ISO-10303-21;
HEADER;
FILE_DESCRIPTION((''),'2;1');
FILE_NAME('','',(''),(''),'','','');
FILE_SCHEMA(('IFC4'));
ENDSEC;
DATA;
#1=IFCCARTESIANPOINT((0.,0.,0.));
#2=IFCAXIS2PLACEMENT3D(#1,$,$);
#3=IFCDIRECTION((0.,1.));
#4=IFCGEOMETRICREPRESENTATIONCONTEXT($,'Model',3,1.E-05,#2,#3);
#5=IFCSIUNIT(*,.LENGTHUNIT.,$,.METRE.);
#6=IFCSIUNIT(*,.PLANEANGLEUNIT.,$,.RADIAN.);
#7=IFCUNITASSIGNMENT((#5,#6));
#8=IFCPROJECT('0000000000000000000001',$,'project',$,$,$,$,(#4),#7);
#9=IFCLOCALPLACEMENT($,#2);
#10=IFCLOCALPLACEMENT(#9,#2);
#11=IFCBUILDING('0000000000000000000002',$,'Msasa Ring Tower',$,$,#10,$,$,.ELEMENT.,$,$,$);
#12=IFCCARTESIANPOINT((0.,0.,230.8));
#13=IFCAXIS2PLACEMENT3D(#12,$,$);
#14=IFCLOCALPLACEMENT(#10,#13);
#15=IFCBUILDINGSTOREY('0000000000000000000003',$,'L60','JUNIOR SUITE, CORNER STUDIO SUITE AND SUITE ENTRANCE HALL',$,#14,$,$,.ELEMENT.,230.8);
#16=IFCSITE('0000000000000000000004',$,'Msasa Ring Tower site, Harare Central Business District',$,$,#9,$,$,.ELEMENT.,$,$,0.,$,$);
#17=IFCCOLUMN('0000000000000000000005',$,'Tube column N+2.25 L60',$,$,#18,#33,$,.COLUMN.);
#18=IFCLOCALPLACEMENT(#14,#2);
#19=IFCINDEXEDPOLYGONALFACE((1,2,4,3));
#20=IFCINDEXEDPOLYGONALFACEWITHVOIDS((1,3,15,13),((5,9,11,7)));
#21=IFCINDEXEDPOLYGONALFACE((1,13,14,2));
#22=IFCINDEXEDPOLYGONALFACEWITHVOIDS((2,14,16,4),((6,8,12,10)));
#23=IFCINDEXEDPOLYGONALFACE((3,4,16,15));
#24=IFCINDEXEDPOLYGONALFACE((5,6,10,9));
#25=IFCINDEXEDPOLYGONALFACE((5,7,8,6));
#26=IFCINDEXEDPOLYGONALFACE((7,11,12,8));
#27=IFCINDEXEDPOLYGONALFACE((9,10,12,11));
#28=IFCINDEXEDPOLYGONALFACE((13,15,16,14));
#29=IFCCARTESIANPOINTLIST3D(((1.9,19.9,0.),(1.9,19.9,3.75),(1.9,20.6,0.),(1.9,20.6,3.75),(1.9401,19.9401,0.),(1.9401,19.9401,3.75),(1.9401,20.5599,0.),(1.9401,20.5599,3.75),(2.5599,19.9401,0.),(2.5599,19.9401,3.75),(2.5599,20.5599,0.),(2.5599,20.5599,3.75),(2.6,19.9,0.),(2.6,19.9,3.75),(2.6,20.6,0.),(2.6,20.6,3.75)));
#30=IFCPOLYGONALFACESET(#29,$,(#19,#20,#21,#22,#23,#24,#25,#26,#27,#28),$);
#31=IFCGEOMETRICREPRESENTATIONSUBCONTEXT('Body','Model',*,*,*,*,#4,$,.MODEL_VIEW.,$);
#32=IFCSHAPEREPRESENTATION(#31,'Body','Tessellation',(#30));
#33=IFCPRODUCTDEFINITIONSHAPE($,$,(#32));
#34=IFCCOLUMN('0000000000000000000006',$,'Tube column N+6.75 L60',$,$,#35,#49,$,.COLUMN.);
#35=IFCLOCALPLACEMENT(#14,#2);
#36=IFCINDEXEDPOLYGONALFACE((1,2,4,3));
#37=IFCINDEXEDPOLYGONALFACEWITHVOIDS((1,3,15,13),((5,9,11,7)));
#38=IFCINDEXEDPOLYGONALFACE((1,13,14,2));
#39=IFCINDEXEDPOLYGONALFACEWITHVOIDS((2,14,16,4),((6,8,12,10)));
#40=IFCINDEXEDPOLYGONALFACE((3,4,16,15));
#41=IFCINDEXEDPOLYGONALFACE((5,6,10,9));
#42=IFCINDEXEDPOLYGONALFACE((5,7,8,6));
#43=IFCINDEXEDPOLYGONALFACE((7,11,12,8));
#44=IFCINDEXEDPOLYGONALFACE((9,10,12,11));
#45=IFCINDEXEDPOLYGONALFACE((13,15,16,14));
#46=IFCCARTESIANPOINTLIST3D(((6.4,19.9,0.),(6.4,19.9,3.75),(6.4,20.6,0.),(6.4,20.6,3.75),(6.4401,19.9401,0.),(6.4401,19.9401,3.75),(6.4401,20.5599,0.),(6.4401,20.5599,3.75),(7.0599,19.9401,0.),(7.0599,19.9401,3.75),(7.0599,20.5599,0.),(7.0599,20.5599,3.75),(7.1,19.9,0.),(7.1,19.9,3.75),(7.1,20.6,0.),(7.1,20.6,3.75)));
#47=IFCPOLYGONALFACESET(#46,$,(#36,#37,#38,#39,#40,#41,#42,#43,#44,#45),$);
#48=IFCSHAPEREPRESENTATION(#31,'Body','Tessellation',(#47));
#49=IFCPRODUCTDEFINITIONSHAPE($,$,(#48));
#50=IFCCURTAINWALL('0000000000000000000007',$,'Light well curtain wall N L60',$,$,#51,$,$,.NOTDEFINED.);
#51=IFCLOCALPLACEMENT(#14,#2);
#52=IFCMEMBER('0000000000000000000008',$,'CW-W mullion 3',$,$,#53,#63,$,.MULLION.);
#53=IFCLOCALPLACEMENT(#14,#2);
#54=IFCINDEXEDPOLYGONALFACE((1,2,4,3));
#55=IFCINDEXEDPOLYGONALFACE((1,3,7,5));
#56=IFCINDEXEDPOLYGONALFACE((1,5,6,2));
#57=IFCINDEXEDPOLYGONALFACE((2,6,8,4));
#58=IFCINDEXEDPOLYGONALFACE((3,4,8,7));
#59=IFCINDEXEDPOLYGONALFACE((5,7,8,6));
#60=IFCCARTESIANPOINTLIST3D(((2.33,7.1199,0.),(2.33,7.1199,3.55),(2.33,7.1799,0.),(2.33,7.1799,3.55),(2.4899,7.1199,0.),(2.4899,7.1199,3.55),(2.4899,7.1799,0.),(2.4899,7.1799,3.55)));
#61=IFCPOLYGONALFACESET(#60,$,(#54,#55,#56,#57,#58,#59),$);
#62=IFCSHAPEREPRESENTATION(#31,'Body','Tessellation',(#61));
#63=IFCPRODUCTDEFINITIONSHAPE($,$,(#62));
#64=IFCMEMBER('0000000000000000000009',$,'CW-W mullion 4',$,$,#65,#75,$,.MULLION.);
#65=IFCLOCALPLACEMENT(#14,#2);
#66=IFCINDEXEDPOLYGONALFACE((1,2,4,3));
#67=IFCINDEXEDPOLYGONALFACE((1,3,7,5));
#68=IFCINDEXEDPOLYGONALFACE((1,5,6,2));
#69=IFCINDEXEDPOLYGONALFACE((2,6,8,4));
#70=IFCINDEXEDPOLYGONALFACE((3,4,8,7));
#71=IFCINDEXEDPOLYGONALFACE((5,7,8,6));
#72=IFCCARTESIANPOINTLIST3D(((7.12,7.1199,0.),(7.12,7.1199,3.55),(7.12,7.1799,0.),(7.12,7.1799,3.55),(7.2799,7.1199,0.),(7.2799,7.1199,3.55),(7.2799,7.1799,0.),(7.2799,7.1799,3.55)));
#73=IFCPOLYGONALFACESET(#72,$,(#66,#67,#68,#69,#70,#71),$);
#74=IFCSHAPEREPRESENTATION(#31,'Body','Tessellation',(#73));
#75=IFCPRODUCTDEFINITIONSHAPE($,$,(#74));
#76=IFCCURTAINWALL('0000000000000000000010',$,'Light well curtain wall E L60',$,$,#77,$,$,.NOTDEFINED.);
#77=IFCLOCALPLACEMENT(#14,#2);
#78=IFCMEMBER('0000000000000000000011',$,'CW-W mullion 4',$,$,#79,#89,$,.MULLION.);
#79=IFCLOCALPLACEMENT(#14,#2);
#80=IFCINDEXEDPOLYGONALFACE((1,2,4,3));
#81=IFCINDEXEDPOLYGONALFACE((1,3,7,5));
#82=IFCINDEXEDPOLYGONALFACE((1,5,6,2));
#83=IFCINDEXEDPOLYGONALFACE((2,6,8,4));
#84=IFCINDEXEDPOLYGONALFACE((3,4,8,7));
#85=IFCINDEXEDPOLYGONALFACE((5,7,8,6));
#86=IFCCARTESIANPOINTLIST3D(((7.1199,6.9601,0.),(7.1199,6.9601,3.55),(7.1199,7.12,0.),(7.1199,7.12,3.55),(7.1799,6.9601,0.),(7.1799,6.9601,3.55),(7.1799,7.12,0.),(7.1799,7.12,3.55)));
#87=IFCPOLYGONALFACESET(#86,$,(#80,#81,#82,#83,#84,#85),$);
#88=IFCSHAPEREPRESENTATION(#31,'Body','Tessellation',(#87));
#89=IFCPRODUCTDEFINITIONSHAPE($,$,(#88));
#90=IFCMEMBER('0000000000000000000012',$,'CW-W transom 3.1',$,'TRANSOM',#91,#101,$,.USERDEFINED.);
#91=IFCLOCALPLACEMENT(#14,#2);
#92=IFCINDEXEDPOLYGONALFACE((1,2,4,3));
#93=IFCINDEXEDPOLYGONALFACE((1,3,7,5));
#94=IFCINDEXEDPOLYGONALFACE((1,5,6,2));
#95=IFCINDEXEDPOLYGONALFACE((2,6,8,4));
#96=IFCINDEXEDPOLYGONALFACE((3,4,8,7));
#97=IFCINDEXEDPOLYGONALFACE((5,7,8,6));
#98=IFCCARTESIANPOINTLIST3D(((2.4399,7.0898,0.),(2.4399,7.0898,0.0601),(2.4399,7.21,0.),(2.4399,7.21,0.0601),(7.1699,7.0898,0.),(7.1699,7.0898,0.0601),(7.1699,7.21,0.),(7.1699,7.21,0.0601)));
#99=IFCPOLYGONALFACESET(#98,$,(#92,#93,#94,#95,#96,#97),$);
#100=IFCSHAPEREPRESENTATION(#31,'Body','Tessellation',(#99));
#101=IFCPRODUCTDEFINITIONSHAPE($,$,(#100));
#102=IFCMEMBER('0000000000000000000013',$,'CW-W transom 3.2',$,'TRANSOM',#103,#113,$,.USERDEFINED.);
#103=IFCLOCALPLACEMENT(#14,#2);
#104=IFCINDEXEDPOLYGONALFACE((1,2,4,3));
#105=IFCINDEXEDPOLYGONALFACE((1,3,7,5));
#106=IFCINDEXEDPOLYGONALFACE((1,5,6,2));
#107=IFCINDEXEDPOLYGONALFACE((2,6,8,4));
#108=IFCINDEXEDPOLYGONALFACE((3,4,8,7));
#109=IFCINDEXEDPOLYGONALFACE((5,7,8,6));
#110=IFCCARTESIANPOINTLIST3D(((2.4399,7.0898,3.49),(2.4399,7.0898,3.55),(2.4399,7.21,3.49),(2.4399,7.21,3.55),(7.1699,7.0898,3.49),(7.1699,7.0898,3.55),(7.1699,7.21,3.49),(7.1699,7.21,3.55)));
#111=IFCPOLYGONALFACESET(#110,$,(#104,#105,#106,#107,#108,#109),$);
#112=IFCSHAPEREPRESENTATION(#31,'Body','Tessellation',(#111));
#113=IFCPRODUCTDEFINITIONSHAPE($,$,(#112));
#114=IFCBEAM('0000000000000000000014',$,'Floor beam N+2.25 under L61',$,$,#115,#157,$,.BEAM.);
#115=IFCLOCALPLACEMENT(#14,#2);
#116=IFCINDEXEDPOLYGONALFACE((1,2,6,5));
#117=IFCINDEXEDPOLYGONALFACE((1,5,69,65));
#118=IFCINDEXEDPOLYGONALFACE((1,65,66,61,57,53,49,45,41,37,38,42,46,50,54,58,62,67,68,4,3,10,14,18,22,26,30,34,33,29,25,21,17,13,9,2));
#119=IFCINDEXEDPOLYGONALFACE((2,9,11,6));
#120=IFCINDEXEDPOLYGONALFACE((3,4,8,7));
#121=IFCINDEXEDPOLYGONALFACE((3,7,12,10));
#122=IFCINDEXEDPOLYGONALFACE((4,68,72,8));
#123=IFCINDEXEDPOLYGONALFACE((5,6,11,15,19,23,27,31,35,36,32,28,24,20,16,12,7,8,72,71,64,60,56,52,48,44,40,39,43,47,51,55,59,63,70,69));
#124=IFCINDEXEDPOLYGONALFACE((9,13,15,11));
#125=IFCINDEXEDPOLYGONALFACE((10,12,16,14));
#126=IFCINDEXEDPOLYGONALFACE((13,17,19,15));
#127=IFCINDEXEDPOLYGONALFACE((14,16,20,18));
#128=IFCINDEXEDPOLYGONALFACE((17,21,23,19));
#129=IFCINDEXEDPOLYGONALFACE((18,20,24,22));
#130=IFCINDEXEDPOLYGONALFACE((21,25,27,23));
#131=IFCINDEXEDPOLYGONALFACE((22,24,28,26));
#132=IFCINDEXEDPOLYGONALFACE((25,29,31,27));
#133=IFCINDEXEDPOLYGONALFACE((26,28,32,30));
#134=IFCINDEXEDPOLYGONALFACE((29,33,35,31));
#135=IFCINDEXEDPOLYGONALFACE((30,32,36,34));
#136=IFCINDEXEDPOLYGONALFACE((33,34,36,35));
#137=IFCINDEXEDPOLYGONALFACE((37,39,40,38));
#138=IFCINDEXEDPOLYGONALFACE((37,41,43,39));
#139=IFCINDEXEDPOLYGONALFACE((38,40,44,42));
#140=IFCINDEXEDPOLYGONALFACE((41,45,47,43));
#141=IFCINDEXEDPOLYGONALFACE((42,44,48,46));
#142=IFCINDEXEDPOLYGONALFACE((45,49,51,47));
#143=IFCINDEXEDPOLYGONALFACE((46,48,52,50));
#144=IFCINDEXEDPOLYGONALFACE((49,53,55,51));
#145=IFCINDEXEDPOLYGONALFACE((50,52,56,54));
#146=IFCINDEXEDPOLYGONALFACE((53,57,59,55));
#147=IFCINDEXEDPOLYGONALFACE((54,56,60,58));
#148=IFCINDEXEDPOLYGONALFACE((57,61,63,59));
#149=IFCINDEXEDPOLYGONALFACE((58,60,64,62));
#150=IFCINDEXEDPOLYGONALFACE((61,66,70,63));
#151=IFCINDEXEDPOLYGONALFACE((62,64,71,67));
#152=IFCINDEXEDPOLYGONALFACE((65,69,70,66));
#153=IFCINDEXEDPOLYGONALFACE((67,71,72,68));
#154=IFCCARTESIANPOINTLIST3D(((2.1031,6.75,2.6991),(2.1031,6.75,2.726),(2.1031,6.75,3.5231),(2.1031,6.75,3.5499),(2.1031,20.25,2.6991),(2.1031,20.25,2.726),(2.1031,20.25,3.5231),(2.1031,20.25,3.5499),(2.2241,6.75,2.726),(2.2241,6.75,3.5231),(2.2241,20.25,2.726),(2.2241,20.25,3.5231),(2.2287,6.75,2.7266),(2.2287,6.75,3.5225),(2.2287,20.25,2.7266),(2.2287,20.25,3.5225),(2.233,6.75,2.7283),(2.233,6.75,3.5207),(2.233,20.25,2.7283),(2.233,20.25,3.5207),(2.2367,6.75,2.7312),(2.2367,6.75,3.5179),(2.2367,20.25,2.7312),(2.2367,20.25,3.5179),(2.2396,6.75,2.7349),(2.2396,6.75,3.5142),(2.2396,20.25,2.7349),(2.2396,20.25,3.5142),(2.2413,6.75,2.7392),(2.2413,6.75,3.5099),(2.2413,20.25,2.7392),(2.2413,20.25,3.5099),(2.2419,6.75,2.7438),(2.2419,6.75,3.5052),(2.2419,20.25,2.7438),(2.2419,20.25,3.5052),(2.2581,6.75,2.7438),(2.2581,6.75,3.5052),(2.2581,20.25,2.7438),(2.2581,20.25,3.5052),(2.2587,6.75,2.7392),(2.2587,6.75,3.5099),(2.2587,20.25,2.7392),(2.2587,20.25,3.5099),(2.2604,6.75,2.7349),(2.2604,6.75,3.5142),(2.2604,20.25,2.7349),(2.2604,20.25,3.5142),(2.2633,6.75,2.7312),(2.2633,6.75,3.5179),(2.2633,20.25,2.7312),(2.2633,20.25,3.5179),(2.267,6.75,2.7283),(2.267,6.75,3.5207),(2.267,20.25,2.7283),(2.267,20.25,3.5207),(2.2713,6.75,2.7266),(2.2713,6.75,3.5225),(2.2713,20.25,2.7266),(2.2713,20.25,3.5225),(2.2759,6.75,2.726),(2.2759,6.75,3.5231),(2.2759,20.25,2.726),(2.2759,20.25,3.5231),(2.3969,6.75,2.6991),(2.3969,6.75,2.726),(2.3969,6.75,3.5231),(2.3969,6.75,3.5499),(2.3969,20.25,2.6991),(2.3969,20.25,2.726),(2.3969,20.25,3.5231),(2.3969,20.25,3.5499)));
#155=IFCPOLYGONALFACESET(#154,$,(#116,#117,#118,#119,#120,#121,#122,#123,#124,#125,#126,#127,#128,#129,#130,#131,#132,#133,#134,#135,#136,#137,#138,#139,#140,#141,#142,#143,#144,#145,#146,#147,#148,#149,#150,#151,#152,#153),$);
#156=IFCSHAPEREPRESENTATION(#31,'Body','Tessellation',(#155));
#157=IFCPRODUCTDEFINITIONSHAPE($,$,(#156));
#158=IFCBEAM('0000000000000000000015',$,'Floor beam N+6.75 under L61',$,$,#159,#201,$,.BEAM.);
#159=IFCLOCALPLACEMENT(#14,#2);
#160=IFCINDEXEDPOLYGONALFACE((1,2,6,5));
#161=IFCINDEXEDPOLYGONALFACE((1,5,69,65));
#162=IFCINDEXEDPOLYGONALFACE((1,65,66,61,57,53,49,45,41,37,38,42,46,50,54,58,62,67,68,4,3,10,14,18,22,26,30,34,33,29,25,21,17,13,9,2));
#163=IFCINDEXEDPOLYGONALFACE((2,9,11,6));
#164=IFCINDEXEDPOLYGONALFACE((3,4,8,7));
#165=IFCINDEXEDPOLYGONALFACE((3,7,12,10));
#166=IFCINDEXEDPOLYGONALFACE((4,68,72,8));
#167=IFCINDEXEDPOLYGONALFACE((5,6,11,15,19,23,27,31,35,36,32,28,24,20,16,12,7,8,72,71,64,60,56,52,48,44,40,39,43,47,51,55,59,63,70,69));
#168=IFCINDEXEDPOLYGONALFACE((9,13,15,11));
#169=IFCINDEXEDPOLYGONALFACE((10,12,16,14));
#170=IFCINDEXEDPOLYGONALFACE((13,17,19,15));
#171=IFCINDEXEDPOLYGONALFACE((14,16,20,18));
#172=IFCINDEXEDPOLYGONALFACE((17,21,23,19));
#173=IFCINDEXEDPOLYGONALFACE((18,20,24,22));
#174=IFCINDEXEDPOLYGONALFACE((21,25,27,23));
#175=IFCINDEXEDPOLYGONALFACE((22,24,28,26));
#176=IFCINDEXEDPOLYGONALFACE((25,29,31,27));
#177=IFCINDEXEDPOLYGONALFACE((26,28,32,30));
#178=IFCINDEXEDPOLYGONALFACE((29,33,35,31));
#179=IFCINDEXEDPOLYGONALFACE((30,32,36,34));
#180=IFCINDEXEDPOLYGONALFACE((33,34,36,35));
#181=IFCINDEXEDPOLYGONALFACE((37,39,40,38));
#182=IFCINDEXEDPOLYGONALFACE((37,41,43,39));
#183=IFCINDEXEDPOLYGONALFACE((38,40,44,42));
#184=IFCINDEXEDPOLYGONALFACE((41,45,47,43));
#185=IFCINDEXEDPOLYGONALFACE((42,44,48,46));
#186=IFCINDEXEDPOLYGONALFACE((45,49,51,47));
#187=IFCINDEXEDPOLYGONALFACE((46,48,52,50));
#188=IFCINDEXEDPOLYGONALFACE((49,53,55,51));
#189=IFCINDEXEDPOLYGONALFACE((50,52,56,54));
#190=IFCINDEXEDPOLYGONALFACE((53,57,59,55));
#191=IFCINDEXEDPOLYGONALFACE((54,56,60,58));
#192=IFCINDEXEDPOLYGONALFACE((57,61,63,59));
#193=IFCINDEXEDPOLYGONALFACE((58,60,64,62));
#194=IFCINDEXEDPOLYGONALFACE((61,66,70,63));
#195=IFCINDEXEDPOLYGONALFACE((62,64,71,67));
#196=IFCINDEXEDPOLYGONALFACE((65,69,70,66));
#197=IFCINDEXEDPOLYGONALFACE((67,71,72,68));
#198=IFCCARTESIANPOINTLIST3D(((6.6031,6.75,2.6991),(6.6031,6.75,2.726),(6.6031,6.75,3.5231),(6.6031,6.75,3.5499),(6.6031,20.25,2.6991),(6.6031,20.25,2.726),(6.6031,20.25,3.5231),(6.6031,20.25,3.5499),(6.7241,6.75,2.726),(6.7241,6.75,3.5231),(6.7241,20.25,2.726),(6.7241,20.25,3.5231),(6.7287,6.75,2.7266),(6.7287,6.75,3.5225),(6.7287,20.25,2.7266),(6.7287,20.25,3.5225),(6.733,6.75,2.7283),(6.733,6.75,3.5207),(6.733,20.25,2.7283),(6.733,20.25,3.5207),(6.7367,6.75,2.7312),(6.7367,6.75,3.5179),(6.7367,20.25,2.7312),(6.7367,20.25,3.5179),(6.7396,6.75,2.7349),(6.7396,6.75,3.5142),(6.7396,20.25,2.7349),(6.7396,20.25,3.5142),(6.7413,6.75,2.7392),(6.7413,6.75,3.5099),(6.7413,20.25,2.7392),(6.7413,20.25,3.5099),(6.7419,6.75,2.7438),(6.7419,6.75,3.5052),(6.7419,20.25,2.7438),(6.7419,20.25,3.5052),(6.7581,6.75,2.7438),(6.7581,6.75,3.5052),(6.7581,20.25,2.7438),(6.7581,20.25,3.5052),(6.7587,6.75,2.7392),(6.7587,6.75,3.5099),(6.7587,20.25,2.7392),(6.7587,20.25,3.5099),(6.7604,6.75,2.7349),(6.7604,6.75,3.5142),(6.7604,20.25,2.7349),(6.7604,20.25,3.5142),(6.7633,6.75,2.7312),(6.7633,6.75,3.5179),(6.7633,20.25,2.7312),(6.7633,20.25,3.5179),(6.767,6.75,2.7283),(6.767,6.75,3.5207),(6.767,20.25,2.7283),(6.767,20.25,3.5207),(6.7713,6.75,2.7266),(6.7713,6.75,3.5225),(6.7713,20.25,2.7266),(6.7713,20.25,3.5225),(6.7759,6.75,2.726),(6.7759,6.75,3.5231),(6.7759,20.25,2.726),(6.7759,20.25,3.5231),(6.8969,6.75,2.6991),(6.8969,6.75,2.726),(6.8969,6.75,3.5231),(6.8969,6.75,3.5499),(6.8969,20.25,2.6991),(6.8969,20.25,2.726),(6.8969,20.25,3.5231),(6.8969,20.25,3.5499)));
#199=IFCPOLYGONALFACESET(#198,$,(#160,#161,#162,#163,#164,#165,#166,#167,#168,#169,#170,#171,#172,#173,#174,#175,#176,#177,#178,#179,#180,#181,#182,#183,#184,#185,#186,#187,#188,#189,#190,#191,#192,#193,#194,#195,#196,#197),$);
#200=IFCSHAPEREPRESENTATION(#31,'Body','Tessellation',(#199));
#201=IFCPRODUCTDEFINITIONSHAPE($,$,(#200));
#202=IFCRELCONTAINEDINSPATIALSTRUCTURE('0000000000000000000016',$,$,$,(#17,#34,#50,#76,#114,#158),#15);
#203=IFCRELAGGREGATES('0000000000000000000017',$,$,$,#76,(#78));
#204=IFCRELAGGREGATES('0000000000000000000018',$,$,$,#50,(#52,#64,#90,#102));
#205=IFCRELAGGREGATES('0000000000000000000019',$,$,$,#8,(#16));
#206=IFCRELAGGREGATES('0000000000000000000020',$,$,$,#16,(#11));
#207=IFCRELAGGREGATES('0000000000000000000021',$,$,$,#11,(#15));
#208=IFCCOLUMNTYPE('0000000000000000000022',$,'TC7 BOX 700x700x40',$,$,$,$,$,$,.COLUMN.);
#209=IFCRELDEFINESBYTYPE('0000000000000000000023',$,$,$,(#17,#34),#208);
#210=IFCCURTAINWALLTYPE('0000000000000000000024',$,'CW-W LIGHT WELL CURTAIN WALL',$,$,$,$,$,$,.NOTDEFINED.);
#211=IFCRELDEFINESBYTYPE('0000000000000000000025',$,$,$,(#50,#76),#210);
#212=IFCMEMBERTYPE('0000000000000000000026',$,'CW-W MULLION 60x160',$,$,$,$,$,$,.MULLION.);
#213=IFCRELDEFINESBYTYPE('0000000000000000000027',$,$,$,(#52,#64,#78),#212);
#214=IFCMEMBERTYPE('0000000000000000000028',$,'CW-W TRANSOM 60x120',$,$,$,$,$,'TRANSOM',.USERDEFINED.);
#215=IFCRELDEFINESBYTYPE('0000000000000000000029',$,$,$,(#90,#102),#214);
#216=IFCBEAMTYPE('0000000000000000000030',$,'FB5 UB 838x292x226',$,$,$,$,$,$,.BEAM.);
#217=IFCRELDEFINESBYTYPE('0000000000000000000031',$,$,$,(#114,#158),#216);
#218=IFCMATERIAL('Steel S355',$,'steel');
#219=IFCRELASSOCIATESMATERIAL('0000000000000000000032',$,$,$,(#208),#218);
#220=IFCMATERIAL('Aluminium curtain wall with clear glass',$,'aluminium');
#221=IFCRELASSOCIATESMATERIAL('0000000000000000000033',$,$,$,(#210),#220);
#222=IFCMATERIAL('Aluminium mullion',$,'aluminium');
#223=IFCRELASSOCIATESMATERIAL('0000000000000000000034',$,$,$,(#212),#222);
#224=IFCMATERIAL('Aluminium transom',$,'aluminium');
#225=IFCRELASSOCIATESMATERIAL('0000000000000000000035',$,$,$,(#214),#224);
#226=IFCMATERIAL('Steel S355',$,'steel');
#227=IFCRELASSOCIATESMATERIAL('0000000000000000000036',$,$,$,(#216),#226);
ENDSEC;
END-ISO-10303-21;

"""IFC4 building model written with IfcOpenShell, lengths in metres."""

from ifc_helpers import new_model, si_unit, direction, frame, origin, origin_2d, place, context, subcontext, project, spatial, rectangle, hollow_rectangle, i_section, extrude, material, material_profile, profile_set, type_object, element, aggregate, save


model = new_model("IFC4")

# Units and contexts
model_context = context("Model", 3, precision=1e-05, world=origin(), true_north=direction((0.0, 1.0)))
body_context = subcontext(model_context, "Body", "Model", "MODEL_VIEW")
ifc_project = project(units=[si_unit("LENGTHUNIT", "METRE"), si_unit("PLANEANGLEUNIT", "RADIAN")], contexts=[model_context])

# Site, building, storey
site_placement = place(None, origin())
site = spatial("IfcSite", under=ifc_project, at=site_placement, Name="Msasa Ring Tower site, Harare Central Business District", CompositionType="ELEMENT", RefElevation=0.0)
building_placement = place(site_placement, origin())
building = spatial("IfcBuilding", under=site, at=building_placement, Name="Msasa Ring Tower", CompositionType="ELEMENT")
storey_placement = place(building_placement, frame((0.0, 0.0, 230.8)))
storey = spatial("IfcBuildingStorey", under=building, at=storey_placement, Name="L60", Description="JUNIOR SUITE, CORNER STUDIO SUITE AND SUITE ENTRANCE HALL", CompositionType="ELEMENT", Elevation=230.8)

# Columns
ifc_material_1 = material(Name="Steel S355", Category="steel")
ifc_material_profile_1 = material_profile(ifc_material_1, hollow_rectangle(XDim=0.7, YDim=0.7, WallThickness=0.04, at=origin_2d()), Name="BOX 700x700x40")
ifc_profile_set_1 = profile_set([ifc_material_profile_1], Name="Steel S355")
column_type = type_object("IfcColumnType", Name="TC7 BOX 700x700x40", PredefinedType="COLUMN", material=ifc_profile_set_1)
for number, where, z_axis, x_axis, name in (
    (1, (2.25, 20.25, 0.0), (0.0, 0.0, 1.0), (0.0, 1.0, 0.0), "Tube column N+2.25 L60"),
    (2, (6.75, 20.25, 0.0), (0.0, 0.0, 1.0), (0.0, 1.0, 0.0), "Tube column N+6.75 L60"),
):
    element("IfcColumn", number, at=place(storey_placement, frame(where, z_axis=z_axis, x_axis=x_axis)), inside=storey, type_object=column_type, Name=name, PredefinedType="COLUMN", context=body_context, shape_type="SweptSolid", body=[
        extrude(hollow_rectangle(XDim=0.7, YDim=0.7, WallThickness=0.04, at=origin_2d()), origin(), (0.0, 0.0, 1.0), 3.75),
    ])

# Curtain wall, members
ifc_material_2 = material(Name="Aluminium curtain wall with clear glass", Category="aluminium")
curtain_wall_type = type_object("IfcCurtainWallType", Name="CW-W LIGHT WELL CURTAIN WALL", PredefinedType="NOTDEFINED", material=ifc_material_2)
curtain_wall_1_placement = place(storey_placement, origin())
curtain_wall_1 = element("IfcCurtainWall", 3, at=curtain_wall_1_placement, inside=storey, type_object=curtain_wall_type, Name="Light well curtain wall N L60", PredefinedType="NOTDEFINED")
ifc_material_3 = material(Name="Aluminium mullion", Category="aluminium")
ifc_material_profile_2 = material_profile(ifc_material_3, rectangle(XDim=0.0601, YDim=0.1599, at=origin_2d()), Name="AL 60x160")
ifc_profile_set_2 = profile_set([ifc_material_profile_2], Name="Aluminium mullion")
member_type_1 = type_object("IfcMemberType", Name="CW-W MULLION 60x160", PredefinedType="MULLION", material=ifc_profile_set_2)
member_1_placement = place(storey_placement, frame((2.4099, 7.1499, 0.0), z_axis=(0.0, 0.0, 1.0), x_axis=(0.0, 1.0, 0.0)))
member_1 = element("IfcMember", 4, at=member_1_placement, type_object=member_type_1, Name="CW-W mullion 3", PredefinedType="MULLION", context=body_context, shape_type="SweptSolid", body=[
    extrude(rectangle(XDim=0.0601, YDim=0.1599, at=origin_2d()), origin(), (0.0, 0.0, 1.0), 3.55),
])
member_2_placement = place(storey_placement, frame((7.2, 7.1499, 0.0), z_axis=(0.0, 0.0, 1.0), x_axis=(0.0, 1.0, 0.0)))
member_2 = element("IfcMember", 5, at=member_2_placement, type_object=member_type_1, Name="CW-W mullion 4", PredefinedType="MULLION", context=body_context, shape_type="SweptSolid", body=[
    extrude(rectangle(XDim=0.0601, YDim=0.1599, at=origin_2d()), origin(), (0.0, 0.0, 1.0), 3.55),
])

# Curtain wall, member
curtain_wall_2_placement = place(storey_placement, origin())
curtain_wall_2 = element("IfcCurtainWall", 6, at=curtain_wall_2_placement, inside=storey, type_object=curtain_wall_type, Name="Light well curtain wall E L60", PredefinedType="NOTDEFINED")
member_3_placement = place(storey_placement, frame((7.1499, 7.04, 0.0), z_axis=(0.0, 0.0, 1.0), x_axis=(-1.0, 0.0, 0.0)))
member_3 = element("IfcMember", 7, at=member_3_placement, type_object=member_type_1, Name="CW-W mullion 4", PredefinedType="MULLION", context=body_context, shape_type="SweptSolid", body=[
    extrude(rectangle(XDim=0.0601, YDim=0.1599, at=origin_2d()), origin(), (0.0, 0.0, 1.0), 3.55),
])
aggregate(curtain_wall_2, [member_3])

# Members
ifc_material_4 = material(Name="Aluminium transom", Category="aluminium")
ifc_material_profile_3 = material_profile(ifc_material_4, rectangle(XDim=0.1201, YDim=0.0601, at=origin_2d()), Name="AL 60x120")
ifc_profile_set_3 = profile_set([ifc_material_profile_3], Name="Aluminium transom")
member_type_2 = type_object("IfcMemberType", Name="CW-W TRANSOM 60x120", ElementType="TRANSOM", PredefinedType="USERDEFINED", material=ifc_profile_set_3)
member_4_placement = place(storey_placement, frame((2.4399, 7.1499, 0.03), z_axis=(1.0, 0.0, 0.0), x_axis=(0.0, 1.0, 0.0)))
member_4 = element("IfcMember", 8, at=member_4_placement, type_object=member_type_2, Name="CW-W transom 3.1", ObjectType="TRANSOM", PredefinedType="USERDEFINED", context=body_context, shape_type="SweptSolid", body=[
    extrude(rectangle(XDim=0.1201, YDim=0.0601, at=origin_2d()), origin(), (0.0, 0.0, 1.0), 4.73),
])
member_5_placement = place(storey_placement, frame((2.4399, 7.1499, 3.52), z_axis=(1.0, 0.0, 0.0), x_axis=(0.0, 1.0, 0.0)))
member_5 = element("IfcMember", 9, at=member_5_placement, type_object=member_type_2, Name="CW-W transom 3.2", ObjectType="TRANSOM", PredefinedType="USERDEFINED", context=body_context, shape_type="SweptSolid", body=[
    extrude(rectangle(XDim=0.1201, YDim=0.0601, at=origin_2d()), origin(), (0.0, 0.0, 1.0), 4.73),
])

# Beams
ifc_material_5 = material(Name="Steel S355", Category="steel")
ifc_material_profile_4 = material_profile(ifc_material_5, i_section(OverallWidth=0.2937, OverallDepth=0.8508, WebThickness=0.0161, FlangeThickness=0.0269, FilletRadius=0.0178, at=origin_2d()), Name="UB 838x292x226")
ifc_profile_set_4 = profile_set([ifc_material_profile_4], Name="Steel S355")
beam_type_1 = type_object("IfcBeamType", Name="FB5 UB 838x292x226", PredefinedType="BEAM", material=ifc_profile_set_4)
for number, where, z_axis, x_axis, name in (
    (10, (2.25, 20.25, 3.1245), (0.0, -1.0, 0.0), (1.0, 0.0, 0.0), "Floor beam N+2.25 under L61"),
    (11, (6.75, 20.25, 3.1245), (0.0, -1.0, 0.0), (1.0, 0.0, 0.0), "Floor beam N+6.75 under L61"),
):
    element("IfcBeam", number, at=place(storey_placement, frame(where, z_axis=z_axis, x_axis=x_axis)), inside=storey, type_object=beam_type_1, Name=name, PredefinedType="BEAM", context=body_context, shape_type="SweptSolid", body=[
        extrude(i_section(OverallWidth=0.2937, OverallDepth=0.8508, WebThickness=0.0161, FlangeThickness=0.0269, FilletRadius=0.0178, at=origin_2d()), origin(), (0.0, 0.0, 1.0), 13.5),
    ])

aggregate(curtain_wall_1, [member_1, member_2, member_4, member_5])

save(model, "model.ifc")
